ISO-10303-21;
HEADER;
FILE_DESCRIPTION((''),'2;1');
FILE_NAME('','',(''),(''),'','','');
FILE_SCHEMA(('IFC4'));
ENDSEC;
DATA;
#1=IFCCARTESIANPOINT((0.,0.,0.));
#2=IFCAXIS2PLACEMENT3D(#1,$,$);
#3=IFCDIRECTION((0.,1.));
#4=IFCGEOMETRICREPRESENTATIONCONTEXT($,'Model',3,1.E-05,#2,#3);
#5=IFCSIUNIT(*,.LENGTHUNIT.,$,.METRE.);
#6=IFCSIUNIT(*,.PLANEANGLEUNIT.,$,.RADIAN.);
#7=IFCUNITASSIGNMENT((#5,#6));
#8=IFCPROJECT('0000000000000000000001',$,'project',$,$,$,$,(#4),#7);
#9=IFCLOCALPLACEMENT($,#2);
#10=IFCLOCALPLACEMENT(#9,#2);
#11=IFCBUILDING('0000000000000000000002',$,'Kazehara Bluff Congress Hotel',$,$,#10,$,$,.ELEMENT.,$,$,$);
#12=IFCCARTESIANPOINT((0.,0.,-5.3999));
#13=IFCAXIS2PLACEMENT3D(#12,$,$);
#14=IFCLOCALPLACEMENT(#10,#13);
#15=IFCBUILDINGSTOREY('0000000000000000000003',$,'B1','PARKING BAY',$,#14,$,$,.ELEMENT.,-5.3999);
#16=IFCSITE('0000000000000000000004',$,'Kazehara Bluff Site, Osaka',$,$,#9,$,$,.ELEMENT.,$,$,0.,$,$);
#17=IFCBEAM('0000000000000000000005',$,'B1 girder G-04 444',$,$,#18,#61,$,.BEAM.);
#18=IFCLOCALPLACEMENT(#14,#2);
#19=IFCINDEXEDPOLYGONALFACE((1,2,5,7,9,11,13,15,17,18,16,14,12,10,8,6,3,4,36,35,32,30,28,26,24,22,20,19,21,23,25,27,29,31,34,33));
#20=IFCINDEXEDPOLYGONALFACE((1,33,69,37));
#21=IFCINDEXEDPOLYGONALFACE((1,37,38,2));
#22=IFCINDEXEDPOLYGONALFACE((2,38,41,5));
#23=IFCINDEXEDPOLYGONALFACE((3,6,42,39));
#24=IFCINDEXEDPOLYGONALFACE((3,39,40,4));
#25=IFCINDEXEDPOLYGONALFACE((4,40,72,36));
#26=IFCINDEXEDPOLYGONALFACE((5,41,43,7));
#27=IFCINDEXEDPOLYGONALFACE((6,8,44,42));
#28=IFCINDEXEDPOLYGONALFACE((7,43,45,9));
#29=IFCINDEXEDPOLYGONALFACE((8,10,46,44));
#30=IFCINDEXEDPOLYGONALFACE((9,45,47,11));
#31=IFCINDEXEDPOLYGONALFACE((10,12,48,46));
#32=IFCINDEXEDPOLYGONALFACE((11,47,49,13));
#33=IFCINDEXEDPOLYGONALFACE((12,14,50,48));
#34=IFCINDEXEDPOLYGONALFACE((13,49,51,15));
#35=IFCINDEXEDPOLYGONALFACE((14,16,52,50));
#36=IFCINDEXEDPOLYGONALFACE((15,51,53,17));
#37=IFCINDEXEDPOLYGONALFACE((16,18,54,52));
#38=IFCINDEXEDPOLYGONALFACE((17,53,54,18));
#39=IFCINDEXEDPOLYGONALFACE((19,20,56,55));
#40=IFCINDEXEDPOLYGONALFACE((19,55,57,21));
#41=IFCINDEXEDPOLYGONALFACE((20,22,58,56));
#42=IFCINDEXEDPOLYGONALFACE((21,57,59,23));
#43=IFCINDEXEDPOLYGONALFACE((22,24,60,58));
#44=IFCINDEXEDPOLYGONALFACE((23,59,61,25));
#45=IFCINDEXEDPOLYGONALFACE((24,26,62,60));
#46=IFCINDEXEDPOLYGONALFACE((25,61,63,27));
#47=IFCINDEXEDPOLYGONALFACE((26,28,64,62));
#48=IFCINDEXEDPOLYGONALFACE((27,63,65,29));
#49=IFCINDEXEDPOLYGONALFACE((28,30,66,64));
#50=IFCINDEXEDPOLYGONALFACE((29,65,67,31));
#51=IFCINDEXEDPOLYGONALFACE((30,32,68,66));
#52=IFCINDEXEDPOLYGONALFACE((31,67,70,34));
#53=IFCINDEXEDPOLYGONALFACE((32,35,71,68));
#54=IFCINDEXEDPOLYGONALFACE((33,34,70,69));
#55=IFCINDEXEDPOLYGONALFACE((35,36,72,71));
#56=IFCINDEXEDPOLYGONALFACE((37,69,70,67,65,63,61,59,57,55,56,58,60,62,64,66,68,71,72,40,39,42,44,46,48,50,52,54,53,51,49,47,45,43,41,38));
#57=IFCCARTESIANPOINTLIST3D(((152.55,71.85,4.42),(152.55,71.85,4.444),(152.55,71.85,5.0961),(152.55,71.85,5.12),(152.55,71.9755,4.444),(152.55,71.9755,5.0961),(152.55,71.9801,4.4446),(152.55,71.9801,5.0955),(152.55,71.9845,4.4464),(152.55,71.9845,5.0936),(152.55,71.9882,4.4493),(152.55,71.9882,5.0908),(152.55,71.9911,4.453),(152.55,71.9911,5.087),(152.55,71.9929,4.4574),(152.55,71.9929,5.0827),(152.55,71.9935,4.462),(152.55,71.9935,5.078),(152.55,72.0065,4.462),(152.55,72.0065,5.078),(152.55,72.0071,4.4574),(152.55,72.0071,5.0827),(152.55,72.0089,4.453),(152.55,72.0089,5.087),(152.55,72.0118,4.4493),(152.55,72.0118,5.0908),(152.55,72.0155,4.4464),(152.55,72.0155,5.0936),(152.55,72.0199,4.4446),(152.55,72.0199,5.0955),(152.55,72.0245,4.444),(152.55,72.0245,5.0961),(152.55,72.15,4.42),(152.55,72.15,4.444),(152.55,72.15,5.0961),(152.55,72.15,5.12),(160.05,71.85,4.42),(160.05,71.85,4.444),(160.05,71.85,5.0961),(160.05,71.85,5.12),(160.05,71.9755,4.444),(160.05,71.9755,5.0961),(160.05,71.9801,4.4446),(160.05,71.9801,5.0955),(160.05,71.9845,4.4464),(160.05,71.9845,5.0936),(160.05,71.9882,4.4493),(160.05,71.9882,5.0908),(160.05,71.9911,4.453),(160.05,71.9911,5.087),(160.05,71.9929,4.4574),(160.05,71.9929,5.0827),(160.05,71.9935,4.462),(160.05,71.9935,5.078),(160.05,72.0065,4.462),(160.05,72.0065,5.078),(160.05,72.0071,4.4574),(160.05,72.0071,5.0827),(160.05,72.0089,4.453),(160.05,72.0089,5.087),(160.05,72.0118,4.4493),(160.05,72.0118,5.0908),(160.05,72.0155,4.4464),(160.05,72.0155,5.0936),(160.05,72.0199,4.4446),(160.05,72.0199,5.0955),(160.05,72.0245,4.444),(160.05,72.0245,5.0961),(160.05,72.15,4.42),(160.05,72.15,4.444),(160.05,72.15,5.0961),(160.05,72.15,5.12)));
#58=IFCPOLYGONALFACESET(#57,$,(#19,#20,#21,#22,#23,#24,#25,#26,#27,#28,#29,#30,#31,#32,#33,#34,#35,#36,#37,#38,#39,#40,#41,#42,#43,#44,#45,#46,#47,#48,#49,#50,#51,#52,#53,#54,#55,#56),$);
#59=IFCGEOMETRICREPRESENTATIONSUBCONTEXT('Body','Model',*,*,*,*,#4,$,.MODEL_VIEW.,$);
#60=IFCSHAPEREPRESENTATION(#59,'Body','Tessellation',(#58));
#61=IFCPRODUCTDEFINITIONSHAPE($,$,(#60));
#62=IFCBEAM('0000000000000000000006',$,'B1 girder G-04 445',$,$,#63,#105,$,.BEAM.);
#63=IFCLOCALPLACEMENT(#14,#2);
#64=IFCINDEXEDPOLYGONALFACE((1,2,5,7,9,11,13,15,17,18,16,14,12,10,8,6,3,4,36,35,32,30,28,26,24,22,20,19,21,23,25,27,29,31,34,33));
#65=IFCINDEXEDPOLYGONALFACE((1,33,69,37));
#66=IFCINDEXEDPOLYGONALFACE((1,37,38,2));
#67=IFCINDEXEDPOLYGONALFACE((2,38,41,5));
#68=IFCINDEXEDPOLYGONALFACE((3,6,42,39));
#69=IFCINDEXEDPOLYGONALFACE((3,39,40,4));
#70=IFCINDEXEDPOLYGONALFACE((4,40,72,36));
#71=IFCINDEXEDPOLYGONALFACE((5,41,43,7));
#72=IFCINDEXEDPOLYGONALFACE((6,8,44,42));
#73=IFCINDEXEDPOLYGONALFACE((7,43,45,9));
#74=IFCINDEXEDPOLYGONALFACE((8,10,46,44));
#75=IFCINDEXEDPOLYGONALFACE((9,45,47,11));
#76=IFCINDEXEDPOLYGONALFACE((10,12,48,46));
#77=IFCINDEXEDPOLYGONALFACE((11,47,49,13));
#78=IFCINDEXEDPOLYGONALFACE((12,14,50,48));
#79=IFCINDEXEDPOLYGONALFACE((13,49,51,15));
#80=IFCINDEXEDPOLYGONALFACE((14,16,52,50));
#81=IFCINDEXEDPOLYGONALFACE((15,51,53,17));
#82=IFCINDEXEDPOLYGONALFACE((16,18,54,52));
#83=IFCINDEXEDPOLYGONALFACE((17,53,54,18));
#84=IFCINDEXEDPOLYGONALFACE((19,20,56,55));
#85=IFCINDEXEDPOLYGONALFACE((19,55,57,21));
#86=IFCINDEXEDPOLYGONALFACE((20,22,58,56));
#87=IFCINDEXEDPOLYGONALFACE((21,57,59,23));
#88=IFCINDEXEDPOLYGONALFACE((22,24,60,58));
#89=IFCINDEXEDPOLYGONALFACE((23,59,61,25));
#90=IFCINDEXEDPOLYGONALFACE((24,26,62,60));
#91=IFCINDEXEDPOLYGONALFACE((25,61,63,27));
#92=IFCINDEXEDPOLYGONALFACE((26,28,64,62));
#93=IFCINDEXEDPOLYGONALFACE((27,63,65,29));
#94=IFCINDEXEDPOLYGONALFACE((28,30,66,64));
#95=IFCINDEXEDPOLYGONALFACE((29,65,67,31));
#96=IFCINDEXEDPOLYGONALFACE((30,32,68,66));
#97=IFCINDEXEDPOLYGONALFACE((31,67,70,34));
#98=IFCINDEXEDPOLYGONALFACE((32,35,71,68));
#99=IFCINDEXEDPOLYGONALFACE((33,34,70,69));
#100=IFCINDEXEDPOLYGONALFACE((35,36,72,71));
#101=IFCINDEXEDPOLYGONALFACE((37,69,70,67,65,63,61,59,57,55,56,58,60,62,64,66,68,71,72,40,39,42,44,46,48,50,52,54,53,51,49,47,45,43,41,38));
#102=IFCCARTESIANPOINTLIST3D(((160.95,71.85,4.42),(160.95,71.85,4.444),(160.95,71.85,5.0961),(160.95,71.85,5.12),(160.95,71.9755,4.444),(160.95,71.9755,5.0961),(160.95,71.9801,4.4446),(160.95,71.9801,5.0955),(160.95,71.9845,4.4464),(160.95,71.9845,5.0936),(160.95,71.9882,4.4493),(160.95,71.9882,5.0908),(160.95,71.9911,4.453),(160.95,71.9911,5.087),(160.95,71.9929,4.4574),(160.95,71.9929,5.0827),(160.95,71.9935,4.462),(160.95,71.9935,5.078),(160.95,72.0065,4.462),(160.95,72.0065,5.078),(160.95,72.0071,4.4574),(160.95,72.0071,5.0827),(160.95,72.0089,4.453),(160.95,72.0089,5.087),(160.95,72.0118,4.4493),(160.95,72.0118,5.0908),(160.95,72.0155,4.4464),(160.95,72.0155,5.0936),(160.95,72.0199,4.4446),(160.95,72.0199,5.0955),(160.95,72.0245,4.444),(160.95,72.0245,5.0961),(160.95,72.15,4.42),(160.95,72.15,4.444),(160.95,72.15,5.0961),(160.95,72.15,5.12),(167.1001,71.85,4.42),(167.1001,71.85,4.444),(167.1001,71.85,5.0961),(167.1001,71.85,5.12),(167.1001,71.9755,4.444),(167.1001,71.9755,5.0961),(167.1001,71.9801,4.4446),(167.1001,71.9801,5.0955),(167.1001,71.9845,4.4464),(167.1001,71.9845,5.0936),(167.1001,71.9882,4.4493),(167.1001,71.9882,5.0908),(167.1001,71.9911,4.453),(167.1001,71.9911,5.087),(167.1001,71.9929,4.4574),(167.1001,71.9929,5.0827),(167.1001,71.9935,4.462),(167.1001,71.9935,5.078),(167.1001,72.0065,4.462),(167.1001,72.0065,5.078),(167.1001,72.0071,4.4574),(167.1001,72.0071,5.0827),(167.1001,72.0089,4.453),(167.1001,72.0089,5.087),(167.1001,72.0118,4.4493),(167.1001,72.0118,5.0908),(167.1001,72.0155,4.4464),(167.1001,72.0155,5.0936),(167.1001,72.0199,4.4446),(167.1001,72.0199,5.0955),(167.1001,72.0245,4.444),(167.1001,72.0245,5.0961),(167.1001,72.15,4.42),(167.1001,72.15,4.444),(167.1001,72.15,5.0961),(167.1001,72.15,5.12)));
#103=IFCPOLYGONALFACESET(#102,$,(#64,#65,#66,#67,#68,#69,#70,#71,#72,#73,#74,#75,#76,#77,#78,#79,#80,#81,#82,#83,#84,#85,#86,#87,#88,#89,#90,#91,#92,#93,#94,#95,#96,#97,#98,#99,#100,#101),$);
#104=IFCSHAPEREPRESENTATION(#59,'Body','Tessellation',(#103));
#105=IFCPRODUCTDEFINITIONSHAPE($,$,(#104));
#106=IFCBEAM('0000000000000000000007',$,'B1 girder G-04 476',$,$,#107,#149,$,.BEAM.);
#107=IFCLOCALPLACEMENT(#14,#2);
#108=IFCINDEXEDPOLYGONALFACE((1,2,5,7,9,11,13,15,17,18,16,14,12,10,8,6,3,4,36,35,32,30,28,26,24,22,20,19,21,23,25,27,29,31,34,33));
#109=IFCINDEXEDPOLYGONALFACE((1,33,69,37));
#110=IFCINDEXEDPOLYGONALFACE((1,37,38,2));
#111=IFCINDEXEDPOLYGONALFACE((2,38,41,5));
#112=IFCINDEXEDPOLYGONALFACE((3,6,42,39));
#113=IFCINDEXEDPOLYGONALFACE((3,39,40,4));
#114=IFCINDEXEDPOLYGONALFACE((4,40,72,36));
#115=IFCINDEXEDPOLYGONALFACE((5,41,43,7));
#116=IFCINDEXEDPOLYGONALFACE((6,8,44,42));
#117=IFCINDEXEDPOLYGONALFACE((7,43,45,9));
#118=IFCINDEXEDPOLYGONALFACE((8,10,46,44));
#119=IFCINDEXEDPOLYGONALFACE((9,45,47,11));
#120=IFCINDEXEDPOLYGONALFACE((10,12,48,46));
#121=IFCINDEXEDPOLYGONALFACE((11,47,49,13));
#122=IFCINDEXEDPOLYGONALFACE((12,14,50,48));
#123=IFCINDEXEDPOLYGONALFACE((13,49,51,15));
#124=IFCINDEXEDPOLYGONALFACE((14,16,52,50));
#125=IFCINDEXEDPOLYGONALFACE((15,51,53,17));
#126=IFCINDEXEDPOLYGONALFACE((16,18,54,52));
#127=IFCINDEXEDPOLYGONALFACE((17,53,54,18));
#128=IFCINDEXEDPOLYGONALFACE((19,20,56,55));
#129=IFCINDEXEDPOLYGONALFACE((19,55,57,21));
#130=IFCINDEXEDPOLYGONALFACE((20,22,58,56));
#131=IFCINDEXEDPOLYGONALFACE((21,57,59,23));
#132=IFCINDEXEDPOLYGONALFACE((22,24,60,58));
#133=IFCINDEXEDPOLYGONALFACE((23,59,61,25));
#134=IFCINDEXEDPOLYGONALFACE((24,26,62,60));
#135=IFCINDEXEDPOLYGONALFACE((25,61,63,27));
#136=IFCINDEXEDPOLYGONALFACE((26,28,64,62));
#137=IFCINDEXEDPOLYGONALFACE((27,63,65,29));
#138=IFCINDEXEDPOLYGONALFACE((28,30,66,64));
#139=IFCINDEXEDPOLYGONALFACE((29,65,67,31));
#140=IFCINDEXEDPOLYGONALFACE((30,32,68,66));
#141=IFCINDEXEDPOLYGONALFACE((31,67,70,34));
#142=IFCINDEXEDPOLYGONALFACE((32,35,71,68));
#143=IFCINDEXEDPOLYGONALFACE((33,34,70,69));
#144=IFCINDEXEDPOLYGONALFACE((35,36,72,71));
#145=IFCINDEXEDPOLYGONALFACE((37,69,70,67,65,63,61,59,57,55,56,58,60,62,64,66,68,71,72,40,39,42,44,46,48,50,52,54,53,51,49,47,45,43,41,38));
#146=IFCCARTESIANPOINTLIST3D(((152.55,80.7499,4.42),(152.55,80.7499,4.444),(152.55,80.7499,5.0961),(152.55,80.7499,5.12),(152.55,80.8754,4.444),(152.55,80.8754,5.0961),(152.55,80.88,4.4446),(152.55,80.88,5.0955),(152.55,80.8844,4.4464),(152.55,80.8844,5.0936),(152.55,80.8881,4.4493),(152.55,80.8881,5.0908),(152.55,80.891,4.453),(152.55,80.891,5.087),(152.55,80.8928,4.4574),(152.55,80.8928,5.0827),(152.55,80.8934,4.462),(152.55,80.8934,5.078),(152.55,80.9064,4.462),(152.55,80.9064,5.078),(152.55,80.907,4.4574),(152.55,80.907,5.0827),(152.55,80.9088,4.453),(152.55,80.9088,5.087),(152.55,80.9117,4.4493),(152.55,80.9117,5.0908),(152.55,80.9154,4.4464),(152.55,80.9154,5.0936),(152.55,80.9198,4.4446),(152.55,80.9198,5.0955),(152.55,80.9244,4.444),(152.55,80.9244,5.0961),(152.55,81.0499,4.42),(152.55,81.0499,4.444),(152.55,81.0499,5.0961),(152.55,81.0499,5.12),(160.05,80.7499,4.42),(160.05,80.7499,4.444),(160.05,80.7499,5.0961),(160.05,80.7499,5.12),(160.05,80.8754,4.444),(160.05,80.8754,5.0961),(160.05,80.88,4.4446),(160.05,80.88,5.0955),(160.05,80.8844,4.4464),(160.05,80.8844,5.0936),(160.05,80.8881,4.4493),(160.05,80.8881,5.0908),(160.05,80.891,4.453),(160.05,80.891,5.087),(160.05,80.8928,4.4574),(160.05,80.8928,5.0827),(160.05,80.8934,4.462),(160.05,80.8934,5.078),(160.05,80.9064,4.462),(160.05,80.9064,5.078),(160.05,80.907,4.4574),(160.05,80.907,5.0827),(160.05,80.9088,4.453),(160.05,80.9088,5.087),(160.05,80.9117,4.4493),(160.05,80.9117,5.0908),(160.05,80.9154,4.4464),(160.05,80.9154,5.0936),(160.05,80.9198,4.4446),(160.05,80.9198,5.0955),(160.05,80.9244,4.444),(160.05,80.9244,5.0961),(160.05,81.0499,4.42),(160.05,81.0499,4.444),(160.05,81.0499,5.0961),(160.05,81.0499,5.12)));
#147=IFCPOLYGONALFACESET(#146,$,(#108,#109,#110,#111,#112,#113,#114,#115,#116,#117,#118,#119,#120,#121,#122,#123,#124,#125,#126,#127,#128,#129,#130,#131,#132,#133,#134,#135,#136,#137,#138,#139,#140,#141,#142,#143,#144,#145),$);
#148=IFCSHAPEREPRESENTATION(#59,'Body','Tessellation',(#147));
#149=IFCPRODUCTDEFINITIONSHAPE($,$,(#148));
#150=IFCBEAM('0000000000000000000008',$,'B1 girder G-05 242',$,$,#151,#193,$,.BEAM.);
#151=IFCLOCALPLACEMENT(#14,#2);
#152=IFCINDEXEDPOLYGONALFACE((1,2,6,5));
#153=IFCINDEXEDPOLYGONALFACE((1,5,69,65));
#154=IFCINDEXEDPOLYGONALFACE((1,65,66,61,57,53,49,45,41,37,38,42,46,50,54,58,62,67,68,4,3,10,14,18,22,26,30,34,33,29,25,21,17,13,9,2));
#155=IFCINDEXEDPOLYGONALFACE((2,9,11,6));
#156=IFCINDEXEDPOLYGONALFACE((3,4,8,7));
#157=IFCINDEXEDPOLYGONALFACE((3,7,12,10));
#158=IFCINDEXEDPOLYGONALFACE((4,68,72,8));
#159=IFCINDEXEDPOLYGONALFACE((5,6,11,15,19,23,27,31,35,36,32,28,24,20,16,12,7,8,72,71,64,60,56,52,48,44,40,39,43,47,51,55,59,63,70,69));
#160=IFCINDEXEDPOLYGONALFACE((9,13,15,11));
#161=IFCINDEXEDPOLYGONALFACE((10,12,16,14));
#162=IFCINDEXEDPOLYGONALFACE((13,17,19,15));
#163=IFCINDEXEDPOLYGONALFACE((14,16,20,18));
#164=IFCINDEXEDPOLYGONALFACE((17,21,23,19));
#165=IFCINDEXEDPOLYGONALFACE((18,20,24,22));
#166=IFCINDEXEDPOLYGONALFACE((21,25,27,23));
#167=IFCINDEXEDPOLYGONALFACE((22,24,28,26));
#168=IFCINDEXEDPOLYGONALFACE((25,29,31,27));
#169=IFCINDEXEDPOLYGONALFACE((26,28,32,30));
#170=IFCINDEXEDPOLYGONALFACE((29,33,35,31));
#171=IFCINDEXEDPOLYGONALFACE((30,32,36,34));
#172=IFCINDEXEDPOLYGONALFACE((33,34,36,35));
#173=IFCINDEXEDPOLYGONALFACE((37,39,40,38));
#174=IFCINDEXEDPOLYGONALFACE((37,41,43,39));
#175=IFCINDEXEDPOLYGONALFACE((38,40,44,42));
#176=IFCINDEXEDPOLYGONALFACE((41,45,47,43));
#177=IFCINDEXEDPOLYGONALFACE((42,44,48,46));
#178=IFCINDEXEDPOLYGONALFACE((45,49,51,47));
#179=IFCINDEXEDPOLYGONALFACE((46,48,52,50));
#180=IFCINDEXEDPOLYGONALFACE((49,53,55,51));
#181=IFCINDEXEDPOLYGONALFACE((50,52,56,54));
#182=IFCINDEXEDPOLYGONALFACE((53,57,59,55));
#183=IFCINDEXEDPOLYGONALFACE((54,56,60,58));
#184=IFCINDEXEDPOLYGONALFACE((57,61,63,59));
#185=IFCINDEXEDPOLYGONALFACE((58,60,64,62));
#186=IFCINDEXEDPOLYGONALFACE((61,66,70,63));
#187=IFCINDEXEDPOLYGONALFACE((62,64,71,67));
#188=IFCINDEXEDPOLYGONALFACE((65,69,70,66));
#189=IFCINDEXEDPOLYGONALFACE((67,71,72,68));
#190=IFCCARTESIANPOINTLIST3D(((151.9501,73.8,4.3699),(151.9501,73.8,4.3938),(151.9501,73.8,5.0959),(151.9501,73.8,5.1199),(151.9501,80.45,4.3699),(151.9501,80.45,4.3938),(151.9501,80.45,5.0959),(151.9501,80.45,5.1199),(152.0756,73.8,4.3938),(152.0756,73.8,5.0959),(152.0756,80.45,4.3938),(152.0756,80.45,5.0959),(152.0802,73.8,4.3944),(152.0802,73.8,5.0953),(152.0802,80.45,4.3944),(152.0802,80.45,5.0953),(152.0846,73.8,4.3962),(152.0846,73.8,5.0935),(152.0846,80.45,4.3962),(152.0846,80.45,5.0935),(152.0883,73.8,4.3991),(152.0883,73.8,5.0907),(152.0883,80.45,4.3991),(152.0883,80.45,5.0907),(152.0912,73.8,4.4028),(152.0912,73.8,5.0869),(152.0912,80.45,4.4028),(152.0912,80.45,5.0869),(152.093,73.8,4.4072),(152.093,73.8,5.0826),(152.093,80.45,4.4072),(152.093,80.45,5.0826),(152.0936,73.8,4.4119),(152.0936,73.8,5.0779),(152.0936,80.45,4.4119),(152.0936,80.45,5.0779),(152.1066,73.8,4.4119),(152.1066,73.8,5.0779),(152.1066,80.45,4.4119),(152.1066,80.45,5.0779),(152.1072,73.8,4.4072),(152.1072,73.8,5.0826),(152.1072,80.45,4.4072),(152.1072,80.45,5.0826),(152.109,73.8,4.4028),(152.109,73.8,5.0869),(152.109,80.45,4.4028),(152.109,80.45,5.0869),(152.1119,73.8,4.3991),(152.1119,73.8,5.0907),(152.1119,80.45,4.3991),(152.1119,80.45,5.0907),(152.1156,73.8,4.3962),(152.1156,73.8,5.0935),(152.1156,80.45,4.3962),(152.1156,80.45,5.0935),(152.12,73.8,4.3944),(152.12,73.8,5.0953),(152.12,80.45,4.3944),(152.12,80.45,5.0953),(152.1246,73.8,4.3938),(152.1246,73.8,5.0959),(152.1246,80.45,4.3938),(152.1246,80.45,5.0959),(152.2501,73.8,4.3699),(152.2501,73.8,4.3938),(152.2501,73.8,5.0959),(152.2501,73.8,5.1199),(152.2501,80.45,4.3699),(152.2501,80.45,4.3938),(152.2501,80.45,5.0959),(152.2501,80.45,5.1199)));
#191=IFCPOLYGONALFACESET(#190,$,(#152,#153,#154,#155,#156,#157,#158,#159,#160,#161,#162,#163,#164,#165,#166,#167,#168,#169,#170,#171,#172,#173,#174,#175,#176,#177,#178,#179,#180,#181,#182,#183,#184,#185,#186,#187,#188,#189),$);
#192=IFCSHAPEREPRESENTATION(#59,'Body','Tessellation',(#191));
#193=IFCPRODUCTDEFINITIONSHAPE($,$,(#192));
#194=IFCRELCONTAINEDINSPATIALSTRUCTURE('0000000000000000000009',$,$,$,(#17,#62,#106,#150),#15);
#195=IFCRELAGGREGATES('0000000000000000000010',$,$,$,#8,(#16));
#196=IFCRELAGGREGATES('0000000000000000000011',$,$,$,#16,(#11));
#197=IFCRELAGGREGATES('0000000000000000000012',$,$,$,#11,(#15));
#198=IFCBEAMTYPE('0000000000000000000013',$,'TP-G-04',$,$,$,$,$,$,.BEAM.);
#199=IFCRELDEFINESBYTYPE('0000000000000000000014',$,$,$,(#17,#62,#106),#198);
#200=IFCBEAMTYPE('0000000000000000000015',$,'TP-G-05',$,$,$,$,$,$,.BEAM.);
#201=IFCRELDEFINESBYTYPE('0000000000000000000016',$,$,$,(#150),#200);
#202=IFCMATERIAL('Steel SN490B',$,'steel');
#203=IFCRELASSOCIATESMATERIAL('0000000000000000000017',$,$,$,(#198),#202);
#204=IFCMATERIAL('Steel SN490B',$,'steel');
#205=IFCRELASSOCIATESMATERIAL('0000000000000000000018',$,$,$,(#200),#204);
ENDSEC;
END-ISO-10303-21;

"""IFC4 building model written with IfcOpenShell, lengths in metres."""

from ifc_helpers import new_model, si_unit, direction, frame, origin, origin_2d, place, context, subcontext, project, spatial, i_section, extrude, material, material_profile, profile_set, type_object, element, save


model = new_model("IFC4")

# Units and contexts
model_context = context("Model", 3, precision=1e-05, world=origin(), true_north=direction((0.0, 1.0)))
body_context = subcontext(model_context, "Body", "Model", "MODEL_VIEW")
ifc_project = project(units=[si_unit("LENGTHUNIT", "METRE"), si_unit("PLANEANGLEUNIT", "RADIAN")], contexts=[model_context])

# Site, building, storey
site_placement = place(None, origin())
site = spatial("IfcSite", under=ifc_project, at=site_placement, Name="Kazehara Bluff Site, Osaka", CompositionType="ELEMENT", RefElevation=0.0)
building_placement = place(site_placement, origin())
building = spatial("IfcBuilding", under=site, at=building_placement, Name="Kazehara Bluff Congress Hotel", CompositionType="ELEMENT")
storey_placement = place(building_placement, frame((0.0, 0.0, -5.3999)))
storey = spatial("IfcBuildingStorey", under=building, at=storey_placement, Name="B1", Description="PARKING BAY", CompositionType="ELEMENT", Elevation=-5.3999)

# Beams
ifc_material_1 = material(Name="Steel SN490B", Category="steel")
ifc_material_profile_1 = material_profile(ifc_material_1, i_section(OverallWidth=0.3, OverallDepth=0.7, WebThickness=0.0129, FlangeThickness=0.0239, FilletRadius=0.0181, at=origin_2d()))
ifc_profile_set_1 = profile_set([ifc_material_profile_1], Name="Steel SN490B")
beam_type_1 = type_object("IfcBeamType", Name="TP-G-04", PredefinedType="BEAM", material=ifc_profile_set_1)
beam_1_placement = place(storey_placement, frame((152.55, 72.0, 4.77), z_axis=(1.0, 0.0, 0.0), x_axis=(0.0, 1.0, 0.0)))
element("IfcBeam", 1, at=beam_1_placement, inside=storey, type_object=beam_type_1, Name="B1 girder G-04 444", PredefinedType="BEAM", context=body_context, shape_type="SweptSolid", body=[
    extrude(i_section(OverallWidth=0.3, OverallDepth=0.7, WebThickness=0.0129, FlangeThickness=0.0239, FilletRadius=0.0181, at=origin_2d()), origin(), (0.0, 0.0, 1.0), 7.5),
])
beam_2_placement = place(storey_placement, frame((160.95, 72.0, 4.77), z_axis=(1.0, 0.0, 0.0), x_axis=(0.0, 1.0, 0.0)))
element("IfcBeam", 2, at=beam_2_placement, inside=storey, type_object=beam_type_1, Name="B1 girder G-04 445", PredefinedType="BEAM", context=body_context, shape_type="SweptSolid", body=[
    extrude(i_section(OverallWidth=0.3, OverallDepth=0.7, WebThickness=0.0129, FlangeThickness=0.0239, FilletRadius=0.0181, at=origin_2d()), origin(), (0.0, 0.0, 1.0), 6.1501),
])
beam_3_placement = place(storey_placement, frame((152.55, 80.8999, 4.77), z_axis=(1.0, 0.0, 0.0), x_axis=(0.0, 1.0, 0.0)))
element("IfcBeam", 3, at=beam_3_placement, inside=storey, type_object=beam_type_1, Name="B1 girder G-04 476", PredefinedType="BEAM", context=body_context, shape_type="SweptSolid", body=[
    extrude(i_section(OverallWidth=0.3, OverallDepth=0.7, WebThickness=0.0129, FlangeThickness=0.0239, FilletRadius=0.0181, at=origin_2d()), origin(), (0.0, 0.0, 1.0), 7.5),
])
ifc_material_2 = material(Name="Steel SN490B", Category="steel")
ifc_material_profile_2 = material_profile(ifc_material_2, i_section(OverallWidth=0.3, OverallDepth=0.75, WebThickness=0.0129, FlangeThickness=0.0239, FilletRadius=0.0181, at=origin_2d()))
ifc_profile_set_2 = profile_set([ifc_material_profile_2], Name="Steel SN490B")
beam_type_2 = type_object("IfcBeamType", Name="TP-G-05", PredefinedType="BEAM", material=ifc_profile_set_2)
beam_4_placement = place(storey_placement, frame((152.1001, 73.8, 4.7449), z_axis=(0.0, 1.0, 0.0), x_axis=(-1.0, 0.0, 0.0)))
element("IfcBeam", 4, at=beam_4_placement, inside=storey, type_object=beam_type_2, Name="B1 girder G-05 242", PredefinedType="BEAM", context=body_context, shape_type="SweptSolid", body=[
    extrude(i_section(OverallWidth=0.3, OverallDepth=0.75, WebThickness=0.0129, FlangeThickness=0.0239, FilletRadius=0.0181, at=origin_2d()), origin(), (0.0, 0.0, 1.0), 6.6499),
])

save(model, "model.ifc")
